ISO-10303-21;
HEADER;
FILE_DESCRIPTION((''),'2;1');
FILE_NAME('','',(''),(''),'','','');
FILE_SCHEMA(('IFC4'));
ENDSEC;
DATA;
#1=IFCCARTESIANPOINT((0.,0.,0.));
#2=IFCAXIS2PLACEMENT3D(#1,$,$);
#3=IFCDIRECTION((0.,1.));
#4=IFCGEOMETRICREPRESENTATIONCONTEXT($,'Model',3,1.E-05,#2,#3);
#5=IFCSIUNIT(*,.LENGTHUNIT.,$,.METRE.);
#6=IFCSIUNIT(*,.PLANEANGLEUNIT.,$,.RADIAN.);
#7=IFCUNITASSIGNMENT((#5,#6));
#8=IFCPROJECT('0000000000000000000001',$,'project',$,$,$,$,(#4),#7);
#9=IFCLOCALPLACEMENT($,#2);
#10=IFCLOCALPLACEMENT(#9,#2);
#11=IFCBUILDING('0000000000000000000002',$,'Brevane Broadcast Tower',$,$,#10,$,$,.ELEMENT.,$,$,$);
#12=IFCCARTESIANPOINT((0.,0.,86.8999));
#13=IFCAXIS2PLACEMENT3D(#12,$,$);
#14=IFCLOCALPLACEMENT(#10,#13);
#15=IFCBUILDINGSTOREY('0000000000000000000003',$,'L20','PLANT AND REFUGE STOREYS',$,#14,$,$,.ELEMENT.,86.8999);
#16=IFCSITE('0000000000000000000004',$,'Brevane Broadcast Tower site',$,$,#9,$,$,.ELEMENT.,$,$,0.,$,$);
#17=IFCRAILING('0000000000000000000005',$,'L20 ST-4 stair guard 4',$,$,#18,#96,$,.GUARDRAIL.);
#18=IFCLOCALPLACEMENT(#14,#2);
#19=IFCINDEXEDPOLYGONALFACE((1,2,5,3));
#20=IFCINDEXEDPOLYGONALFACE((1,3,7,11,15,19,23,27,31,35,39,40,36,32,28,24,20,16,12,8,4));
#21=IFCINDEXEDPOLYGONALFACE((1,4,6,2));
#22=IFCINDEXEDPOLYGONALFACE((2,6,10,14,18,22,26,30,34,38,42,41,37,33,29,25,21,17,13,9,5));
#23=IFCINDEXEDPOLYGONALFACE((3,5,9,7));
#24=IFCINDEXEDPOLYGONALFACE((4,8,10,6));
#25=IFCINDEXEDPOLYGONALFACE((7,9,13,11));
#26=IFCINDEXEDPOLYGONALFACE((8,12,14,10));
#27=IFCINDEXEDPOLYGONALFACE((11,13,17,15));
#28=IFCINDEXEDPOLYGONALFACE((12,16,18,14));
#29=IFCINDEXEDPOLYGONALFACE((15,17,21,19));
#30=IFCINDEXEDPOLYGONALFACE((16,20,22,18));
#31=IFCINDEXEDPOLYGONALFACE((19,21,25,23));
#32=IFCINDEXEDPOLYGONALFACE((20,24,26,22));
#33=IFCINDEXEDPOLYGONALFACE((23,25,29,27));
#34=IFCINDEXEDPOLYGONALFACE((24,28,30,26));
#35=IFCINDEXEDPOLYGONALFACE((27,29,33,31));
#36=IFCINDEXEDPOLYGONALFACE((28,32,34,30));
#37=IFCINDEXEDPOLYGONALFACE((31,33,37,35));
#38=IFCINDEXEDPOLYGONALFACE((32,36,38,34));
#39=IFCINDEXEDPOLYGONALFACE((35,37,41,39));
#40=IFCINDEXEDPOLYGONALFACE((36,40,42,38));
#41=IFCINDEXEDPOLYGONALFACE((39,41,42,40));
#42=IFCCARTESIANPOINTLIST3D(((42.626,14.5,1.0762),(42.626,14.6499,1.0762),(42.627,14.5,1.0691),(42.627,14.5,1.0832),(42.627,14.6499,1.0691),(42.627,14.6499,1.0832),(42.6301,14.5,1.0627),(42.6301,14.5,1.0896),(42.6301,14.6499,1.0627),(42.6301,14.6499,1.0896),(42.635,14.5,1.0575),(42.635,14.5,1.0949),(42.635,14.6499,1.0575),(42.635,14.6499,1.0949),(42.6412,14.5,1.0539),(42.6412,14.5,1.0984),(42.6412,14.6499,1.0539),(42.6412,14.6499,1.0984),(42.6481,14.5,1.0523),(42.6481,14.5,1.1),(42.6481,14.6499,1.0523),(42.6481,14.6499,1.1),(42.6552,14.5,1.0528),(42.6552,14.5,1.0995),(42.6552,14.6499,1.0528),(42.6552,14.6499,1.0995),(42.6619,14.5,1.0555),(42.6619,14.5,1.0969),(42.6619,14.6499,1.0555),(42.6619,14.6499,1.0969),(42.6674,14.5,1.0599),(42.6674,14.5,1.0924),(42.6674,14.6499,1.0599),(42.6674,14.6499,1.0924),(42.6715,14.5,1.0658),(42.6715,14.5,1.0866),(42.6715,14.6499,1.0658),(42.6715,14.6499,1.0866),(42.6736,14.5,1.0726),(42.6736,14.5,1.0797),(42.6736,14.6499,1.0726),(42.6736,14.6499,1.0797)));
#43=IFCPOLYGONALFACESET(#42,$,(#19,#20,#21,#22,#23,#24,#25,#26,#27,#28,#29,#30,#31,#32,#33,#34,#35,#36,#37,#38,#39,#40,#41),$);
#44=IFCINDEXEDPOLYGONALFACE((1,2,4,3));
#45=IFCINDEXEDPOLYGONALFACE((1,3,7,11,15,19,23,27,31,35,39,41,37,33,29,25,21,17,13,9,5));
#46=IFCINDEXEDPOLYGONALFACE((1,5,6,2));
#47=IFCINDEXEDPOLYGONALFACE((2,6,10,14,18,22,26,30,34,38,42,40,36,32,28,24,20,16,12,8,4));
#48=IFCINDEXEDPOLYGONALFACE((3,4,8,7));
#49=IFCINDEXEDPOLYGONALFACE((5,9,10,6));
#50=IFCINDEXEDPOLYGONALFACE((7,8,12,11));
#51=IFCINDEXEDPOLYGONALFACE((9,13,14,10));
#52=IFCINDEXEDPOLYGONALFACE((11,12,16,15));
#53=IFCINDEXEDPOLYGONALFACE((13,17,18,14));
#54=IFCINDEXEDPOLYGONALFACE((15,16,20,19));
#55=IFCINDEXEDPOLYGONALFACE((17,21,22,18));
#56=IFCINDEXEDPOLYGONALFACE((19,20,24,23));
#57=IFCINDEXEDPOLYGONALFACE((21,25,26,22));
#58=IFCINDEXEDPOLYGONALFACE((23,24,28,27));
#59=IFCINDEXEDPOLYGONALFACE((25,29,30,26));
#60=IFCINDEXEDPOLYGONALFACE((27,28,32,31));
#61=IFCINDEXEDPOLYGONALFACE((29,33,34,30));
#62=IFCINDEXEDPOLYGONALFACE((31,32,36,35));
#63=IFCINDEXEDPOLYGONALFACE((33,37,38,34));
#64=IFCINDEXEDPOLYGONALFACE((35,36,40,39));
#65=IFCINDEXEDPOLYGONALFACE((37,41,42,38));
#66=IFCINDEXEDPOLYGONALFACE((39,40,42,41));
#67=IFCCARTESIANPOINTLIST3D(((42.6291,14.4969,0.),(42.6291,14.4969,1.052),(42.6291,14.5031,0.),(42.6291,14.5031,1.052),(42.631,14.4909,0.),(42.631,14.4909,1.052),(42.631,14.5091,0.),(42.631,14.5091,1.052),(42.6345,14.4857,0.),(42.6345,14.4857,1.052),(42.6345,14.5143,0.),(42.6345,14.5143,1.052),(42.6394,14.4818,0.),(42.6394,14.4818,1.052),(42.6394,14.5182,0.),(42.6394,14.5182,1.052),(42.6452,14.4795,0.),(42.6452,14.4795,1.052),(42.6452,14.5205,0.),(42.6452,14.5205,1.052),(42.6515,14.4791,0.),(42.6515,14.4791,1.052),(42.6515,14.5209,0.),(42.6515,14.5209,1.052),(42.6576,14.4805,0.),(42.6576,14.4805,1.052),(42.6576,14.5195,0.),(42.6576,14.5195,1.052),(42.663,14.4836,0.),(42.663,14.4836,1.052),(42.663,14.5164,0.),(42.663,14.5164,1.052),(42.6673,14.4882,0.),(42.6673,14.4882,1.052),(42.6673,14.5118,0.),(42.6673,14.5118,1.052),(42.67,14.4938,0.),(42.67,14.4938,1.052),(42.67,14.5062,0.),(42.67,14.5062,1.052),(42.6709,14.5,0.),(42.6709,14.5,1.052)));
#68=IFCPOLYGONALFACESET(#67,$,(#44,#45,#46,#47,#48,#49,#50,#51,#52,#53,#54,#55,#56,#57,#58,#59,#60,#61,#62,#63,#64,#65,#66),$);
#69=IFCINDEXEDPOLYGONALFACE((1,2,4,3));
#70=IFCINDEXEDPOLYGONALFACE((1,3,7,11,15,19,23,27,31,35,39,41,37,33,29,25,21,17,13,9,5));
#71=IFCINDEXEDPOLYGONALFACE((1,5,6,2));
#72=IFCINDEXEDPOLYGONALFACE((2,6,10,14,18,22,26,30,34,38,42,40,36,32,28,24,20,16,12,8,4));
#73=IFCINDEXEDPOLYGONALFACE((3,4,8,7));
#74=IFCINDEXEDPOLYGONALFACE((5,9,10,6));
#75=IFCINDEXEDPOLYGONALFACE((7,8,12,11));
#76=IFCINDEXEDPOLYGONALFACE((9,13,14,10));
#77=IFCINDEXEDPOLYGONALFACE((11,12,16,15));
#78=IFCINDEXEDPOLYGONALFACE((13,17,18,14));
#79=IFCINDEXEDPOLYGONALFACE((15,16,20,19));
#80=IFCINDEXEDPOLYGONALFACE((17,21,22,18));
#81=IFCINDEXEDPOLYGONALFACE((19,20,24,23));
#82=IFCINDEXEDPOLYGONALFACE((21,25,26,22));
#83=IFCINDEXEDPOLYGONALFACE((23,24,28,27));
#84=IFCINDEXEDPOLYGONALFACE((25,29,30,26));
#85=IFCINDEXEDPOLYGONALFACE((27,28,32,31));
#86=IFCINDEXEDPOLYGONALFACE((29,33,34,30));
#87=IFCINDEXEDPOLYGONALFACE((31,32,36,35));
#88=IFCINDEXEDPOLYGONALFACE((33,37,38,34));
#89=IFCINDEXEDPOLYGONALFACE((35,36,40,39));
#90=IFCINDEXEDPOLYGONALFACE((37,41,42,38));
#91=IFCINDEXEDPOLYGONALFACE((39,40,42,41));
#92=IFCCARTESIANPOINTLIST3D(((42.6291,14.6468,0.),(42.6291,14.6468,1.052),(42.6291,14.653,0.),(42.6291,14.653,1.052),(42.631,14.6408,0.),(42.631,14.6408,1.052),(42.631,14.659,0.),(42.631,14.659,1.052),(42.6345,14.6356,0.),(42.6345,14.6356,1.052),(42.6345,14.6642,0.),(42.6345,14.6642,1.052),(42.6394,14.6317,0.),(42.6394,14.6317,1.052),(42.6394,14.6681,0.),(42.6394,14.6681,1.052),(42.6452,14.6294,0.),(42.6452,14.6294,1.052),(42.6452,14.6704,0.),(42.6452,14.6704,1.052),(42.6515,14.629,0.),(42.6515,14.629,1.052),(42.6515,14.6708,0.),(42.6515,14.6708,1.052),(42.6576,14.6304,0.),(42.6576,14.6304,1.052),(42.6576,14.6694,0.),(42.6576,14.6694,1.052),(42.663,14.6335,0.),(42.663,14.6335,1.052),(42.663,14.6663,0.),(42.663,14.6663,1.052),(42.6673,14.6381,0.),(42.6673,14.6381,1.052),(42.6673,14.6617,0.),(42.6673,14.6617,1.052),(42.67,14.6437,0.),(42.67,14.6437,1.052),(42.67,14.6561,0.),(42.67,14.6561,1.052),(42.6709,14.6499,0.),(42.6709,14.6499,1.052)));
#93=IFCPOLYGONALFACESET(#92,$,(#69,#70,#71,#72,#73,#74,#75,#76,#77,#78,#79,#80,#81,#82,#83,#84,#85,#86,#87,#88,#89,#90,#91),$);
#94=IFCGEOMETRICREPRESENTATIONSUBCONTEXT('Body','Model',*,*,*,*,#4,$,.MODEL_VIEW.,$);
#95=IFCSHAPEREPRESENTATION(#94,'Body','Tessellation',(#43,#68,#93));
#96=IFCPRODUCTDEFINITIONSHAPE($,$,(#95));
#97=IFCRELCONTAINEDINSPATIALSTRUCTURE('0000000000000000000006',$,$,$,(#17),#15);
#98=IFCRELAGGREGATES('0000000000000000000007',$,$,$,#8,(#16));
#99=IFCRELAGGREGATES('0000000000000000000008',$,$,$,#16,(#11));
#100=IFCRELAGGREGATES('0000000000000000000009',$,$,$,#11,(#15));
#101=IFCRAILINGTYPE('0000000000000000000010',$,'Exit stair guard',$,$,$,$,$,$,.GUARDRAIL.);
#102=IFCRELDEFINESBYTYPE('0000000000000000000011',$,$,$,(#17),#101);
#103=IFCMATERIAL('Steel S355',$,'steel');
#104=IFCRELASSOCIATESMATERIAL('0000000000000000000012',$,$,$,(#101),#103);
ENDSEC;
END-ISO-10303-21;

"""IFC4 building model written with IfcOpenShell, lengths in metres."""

from ifc_helpers import new_model, si_unit, direction, frame, origin, origin_2d, place, context, subcontext, project, spatial, circle, extrude, material, type_object, element, save


model = new_model("IFC4")

# Units and contexts
model_context = context("Model", 3, precision=1e-05, world=origin(), true_north=direction((0.0, 1.0)))
body_context = subcontext(model_context, "Body", "Model", "MODEL_VIEW")
ifc_project = project(units=[si_unit("LENGTHUNIT", "METRE"), si_unit("PLANEANGLEUNIT", "RADIAN")], contexts=[model_context])

# Site, building, storey
site_placement = place(None, origin())
site = spatial("IfcSite", under=ifc_project, at=site_placement, Name="Brevane Broadcast Tower site", CompositionType="ELEMENT", RefElevation=0.0)
building_placement = place(site_placement, origin())
building = spatial("IfcBuilding", under=site, at=building_placement, Name="Brevane Broadcast Tower", CompositionType="ELEMENT")
storey_placement = place(building_placement, frame((0.0, 0.0, 86.8999)))
storey = spatial("IfcBuildingStorey", under=building, at=storey_placement, Name="L20", Description="PLANT AND REFUGE STOREYS", CompositionType="ELEMENT", Elevation=86.8999)

# Shared definitions
ifc_material_1 = material(Name="Steel S355", Category="steel")

# Railing
railing_type_1 = type_object("IfcRailingType", Name="Exit stair guard", PredefinedType="GUARDRAIL", material=ifc_material_1)
railing_1_placement = place(storey_placement, frame((42.6499, 14.5, 0.0)))
element("IfcRailing", 1, at=railing_1_placement, inside=storey, type_object=railing_type_1, Name="L20 ST-4 stair guard 4", PredefinedType="GUARDRAIL", context=body_context, shape_type="SweptSolid", body=[
    extrude(circle(Radius=0.0239, at=origin_2d()), frame((0.0, 0.0, 1.0762), z_axis=(0.0, 1.0, 0.0), x_axis=(-1.0, 0.0, 0.0)), (0.0, 0.0, 1.0), 0.1499),
    extrude(circle(Radius=0.021, at=origin_2d()), origin(), (0.0, 0.0, 1.0), 1.052),
    extrude(circle(Radius=0.021, at=origin_2d()), frame((0.0, 0.1499, 0.0)), (0.0, 0.0, 1.0), 1.052),
])

save(model, "model.ifc")
